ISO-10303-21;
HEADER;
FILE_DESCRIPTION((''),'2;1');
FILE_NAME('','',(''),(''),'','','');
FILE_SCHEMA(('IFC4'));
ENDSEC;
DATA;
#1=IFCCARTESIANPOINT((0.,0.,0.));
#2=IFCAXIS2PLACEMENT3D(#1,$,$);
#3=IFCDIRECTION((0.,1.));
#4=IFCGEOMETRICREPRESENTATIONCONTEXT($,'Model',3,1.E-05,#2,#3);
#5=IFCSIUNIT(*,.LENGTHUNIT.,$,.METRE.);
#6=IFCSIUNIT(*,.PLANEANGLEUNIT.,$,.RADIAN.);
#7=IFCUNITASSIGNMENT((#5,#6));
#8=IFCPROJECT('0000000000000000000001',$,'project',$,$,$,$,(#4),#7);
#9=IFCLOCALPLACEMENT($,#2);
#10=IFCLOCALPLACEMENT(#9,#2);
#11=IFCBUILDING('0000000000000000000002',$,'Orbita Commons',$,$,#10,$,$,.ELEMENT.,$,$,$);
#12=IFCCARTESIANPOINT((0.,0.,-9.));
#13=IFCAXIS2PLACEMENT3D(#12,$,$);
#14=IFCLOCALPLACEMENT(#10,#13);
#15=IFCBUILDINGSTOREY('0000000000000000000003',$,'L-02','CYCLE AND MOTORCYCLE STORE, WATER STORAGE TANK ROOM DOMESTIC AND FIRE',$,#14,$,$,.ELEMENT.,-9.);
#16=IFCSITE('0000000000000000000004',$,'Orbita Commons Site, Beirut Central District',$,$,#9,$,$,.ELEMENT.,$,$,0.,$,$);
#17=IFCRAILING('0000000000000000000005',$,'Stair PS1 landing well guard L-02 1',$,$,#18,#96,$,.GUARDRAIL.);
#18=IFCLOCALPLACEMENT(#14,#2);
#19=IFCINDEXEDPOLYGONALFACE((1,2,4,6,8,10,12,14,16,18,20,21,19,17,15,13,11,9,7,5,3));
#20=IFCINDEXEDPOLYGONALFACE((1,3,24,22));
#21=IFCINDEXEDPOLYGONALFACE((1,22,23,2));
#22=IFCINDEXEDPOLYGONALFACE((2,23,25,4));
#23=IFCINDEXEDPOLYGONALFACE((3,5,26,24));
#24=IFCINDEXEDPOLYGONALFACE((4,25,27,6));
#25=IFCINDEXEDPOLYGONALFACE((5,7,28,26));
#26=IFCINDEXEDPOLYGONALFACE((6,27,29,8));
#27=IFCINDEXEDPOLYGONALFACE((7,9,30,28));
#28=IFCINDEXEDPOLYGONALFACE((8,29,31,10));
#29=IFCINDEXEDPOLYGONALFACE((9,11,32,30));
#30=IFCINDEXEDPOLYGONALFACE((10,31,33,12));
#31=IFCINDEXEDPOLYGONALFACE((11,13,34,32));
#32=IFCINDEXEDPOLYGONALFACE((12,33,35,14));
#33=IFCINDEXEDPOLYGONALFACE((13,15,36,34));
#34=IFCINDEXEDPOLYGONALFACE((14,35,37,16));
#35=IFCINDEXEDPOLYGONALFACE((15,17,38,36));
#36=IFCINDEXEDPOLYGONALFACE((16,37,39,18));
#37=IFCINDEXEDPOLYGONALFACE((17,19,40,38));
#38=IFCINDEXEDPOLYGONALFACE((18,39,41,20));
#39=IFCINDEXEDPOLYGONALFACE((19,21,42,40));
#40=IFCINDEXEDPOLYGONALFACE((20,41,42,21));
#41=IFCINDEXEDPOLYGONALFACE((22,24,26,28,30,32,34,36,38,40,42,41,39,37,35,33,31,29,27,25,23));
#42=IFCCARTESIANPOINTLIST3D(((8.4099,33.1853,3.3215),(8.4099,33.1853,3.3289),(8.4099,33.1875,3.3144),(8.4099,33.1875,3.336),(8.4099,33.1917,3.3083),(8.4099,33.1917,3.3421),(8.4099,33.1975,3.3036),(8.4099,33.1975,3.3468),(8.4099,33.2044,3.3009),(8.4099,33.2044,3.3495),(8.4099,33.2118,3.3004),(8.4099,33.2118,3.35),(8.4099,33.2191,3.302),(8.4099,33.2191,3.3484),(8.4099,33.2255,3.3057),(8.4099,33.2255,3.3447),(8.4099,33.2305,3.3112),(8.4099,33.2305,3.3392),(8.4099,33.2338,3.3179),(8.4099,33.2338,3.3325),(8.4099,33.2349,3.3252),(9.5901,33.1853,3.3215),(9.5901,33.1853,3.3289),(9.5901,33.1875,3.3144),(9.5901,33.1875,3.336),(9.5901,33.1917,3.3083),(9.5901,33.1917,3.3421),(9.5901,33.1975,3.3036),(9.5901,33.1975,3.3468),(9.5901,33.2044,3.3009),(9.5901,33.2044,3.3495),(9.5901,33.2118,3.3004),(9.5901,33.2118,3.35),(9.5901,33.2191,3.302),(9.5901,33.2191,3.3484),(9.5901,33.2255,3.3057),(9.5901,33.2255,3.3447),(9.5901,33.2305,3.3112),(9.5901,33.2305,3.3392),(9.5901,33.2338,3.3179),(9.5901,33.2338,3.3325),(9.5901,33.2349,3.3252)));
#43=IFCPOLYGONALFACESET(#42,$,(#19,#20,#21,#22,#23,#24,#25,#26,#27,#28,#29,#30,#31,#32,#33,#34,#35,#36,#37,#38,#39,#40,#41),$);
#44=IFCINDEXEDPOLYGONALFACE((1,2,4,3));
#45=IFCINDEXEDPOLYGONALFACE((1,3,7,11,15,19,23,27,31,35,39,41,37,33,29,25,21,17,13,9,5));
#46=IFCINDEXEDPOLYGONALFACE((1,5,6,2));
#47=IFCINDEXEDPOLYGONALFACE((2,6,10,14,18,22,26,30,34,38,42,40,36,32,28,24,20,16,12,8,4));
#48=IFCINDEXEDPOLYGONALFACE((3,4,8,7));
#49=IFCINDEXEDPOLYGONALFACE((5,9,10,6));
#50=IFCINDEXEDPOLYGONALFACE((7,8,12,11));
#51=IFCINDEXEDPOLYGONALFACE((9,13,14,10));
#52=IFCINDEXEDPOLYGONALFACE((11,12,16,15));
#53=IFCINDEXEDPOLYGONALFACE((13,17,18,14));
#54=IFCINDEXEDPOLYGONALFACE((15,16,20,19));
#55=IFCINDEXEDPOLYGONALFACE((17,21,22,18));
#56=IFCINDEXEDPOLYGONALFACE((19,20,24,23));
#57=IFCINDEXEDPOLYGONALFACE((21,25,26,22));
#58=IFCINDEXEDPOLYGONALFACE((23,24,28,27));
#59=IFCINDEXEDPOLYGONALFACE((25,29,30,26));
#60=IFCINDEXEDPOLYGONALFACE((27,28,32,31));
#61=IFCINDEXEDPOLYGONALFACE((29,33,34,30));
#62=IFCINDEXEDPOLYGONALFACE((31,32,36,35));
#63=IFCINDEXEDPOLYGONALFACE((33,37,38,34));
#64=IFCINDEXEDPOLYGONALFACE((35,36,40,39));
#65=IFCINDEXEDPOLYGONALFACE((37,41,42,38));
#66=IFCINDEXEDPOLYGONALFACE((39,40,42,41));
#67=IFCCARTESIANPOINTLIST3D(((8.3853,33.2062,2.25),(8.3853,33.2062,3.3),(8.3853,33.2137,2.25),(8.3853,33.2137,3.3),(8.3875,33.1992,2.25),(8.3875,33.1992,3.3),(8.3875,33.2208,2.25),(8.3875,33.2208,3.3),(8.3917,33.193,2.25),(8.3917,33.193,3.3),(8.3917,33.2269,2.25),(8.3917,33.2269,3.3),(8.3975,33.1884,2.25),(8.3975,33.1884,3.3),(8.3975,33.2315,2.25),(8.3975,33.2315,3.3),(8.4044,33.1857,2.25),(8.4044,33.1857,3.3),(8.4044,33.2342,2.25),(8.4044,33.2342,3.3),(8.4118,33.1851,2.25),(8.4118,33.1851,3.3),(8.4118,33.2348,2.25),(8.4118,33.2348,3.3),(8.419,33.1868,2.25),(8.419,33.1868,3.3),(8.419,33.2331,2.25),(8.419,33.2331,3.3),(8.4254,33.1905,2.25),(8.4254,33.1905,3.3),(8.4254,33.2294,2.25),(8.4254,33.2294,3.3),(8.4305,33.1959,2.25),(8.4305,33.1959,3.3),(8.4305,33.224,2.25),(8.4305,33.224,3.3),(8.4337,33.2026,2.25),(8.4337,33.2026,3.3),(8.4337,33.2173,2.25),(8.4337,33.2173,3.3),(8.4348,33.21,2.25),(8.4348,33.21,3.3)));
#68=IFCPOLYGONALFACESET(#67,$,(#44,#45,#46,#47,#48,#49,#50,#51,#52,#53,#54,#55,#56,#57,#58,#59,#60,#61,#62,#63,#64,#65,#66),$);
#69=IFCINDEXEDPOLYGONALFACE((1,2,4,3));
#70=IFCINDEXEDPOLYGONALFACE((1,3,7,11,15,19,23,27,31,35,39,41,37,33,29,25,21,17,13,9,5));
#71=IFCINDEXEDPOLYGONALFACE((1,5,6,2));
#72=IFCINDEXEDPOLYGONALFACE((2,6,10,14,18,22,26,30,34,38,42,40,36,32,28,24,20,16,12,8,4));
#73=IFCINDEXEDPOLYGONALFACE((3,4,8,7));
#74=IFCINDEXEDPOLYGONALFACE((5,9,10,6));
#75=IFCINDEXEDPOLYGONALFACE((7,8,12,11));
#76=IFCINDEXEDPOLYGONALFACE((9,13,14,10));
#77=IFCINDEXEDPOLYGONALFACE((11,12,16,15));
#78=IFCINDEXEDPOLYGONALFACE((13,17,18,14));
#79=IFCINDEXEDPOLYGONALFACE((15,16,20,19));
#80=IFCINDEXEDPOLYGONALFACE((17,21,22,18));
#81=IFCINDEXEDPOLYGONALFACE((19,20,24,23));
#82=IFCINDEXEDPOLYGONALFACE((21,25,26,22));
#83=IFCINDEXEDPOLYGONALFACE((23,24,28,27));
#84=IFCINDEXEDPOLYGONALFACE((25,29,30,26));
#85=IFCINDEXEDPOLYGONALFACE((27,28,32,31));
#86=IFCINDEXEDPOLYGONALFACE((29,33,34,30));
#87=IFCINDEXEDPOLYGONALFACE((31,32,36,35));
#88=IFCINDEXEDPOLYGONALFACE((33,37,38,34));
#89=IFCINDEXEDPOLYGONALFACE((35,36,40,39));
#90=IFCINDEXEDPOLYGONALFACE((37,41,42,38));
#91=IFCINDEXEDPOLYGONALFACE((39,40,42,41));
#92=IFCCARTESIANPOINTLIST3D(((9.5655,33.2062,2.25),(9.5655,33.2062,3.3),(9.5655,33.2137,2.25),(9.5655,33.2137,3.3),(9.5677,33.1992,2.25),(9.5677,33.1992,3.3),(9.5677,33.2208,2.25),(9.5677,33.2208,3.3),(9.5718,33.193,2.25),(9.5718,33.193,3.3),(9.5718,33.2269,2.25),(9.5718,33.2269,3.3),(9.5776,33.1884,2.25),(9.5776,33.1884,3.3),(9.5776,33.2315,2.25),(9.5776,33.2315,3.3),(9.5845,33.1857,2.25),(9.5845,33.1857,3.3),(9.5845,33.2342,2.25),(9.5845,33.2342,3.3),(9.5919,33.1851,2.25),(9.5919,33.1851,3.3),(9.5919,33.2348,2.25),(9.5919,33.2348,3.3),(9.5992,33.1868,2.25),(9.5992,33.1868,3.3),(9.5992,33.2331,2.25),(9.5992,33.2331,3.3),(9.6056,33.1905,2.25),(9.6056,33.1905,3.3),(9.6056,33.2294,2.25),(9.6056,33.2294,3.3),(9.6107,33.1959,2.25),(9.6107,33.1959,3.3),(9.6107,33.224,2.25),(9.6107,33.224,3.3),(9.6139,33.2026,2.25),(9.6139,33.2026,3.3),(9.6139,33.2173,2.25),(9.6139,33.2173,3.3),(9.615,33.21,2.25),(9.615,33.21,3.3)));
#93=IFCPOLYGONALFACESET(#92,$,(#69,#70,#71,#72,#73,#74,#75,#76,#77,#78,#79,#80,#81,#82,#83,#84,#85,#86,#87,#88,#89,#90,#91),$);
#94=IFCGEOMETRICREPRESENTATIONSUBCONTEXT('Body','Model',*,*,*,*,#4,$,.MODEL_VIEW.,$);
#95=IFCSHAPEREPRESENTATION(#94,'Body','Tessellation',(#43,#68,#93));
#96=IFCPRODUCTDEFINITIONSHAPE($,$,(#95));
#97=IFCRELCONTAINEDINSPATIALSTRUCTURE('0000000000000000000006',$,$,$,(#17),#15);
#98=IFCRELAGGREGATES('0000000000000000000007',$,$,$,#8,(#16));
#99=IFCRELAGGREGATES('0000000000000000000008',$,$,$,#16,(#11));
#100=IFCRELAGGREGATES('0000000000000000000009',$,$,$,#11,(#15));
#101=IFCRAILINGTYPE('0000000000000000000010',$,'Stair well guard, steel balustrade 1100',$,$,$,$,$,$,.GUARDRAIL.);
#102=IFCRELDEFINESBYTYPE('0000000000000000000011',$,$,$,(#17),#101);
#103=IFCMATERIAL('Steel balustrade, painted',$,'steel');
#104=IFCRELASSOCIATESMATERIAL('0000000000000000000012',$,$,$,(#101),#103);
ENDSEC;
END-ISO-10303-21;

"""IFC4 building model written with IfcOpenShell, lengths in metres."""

from ifc_helpers import new_model, si_unit, direction, frame, origin, origin_2d, place, context, subcontext, project, spatial, circle, extrude, material, type_object, element, save


model = new_model("IFC4")

# Units and contexts
model_context = context("Model", 3, precision=1e-05, world=origin(), true_north=direction((0.0, 1.0)))
body_context = subcontext(model_context, "Body", "Model", "MODEL_VIEW")
ifc_project = project(units=[si_unit("LENGTHUNIT", "METRE"), si_unit("PLANEANGLEUNIT", "RADIAN")], contexts=[model_context])

# Site, building, storey
site_placement = place(None, origin())
site = spatial("IfcSite", under=ifc_project, at=site_placement, Name="Orbita Commons Site, Beirut Central District", CompositionType="ELEMENT", RefElevation=0.0)
building_placement = place(site_placement, origin())
building = spatial("IfcBuilding", under=site, at=building_placement, Name="Orbita Commons", CompositionType="ELEMENT")
storey_placement = place(building_placement, frame((0.0, 0.0, -9.0)))
storey = spatial("IfcBuildingStorey", under=building, at=storey_placement, Name="L-02", Description="CYCLE AND MOTORCYCLE STORE, WATER STORAGE TANK ROOM DOMESTIC AND FIRE", CompositionType="ELEMENT", Elevation=-9.0)

# Railing
ifc_material_1 = material(Name="Steel balustrade, painted", Category="steel")
railing_type_1 = type_object("IfcRailingType", Name="Stair well guard, steel balustrade 1100", PredefinedType="GUARDRAIL", material=ifc_material_1)
railing_1_placement = place(storey_placement, frame((8.4099, 33.21, 2.25)))
element("IfcRailing", 1, at=railing_1_placement, inside=storey, type_object=railing_type_1, Name="Stair PS1 landing well guard L-02 1", PredefinedType="GUARDRAIL", context=body_context, shape_type="SweptSolid", body=[
    extrude(circle(Radius=0.0249, at=origin_2d()), frame((0.0, 0.0, 1.0752), z_axis=(1.0, 0.0, 0.0), x_axis=(0.0, 1.0, 0.0)), (0.0, 0.0, 1.0), 1.1802),
    extrude(circle(Radius=0.0249, at=origin_2d()), origin(), (0.0, 0.0, 1.0), 1.05),
    extrude(circle(Radius=0.0249, at=origin_2d()), frame((1.1802, 0.0, 0.0)), (0.0, 0.0, 1.0), 1.05),
])

save(model, "model.ifc")
